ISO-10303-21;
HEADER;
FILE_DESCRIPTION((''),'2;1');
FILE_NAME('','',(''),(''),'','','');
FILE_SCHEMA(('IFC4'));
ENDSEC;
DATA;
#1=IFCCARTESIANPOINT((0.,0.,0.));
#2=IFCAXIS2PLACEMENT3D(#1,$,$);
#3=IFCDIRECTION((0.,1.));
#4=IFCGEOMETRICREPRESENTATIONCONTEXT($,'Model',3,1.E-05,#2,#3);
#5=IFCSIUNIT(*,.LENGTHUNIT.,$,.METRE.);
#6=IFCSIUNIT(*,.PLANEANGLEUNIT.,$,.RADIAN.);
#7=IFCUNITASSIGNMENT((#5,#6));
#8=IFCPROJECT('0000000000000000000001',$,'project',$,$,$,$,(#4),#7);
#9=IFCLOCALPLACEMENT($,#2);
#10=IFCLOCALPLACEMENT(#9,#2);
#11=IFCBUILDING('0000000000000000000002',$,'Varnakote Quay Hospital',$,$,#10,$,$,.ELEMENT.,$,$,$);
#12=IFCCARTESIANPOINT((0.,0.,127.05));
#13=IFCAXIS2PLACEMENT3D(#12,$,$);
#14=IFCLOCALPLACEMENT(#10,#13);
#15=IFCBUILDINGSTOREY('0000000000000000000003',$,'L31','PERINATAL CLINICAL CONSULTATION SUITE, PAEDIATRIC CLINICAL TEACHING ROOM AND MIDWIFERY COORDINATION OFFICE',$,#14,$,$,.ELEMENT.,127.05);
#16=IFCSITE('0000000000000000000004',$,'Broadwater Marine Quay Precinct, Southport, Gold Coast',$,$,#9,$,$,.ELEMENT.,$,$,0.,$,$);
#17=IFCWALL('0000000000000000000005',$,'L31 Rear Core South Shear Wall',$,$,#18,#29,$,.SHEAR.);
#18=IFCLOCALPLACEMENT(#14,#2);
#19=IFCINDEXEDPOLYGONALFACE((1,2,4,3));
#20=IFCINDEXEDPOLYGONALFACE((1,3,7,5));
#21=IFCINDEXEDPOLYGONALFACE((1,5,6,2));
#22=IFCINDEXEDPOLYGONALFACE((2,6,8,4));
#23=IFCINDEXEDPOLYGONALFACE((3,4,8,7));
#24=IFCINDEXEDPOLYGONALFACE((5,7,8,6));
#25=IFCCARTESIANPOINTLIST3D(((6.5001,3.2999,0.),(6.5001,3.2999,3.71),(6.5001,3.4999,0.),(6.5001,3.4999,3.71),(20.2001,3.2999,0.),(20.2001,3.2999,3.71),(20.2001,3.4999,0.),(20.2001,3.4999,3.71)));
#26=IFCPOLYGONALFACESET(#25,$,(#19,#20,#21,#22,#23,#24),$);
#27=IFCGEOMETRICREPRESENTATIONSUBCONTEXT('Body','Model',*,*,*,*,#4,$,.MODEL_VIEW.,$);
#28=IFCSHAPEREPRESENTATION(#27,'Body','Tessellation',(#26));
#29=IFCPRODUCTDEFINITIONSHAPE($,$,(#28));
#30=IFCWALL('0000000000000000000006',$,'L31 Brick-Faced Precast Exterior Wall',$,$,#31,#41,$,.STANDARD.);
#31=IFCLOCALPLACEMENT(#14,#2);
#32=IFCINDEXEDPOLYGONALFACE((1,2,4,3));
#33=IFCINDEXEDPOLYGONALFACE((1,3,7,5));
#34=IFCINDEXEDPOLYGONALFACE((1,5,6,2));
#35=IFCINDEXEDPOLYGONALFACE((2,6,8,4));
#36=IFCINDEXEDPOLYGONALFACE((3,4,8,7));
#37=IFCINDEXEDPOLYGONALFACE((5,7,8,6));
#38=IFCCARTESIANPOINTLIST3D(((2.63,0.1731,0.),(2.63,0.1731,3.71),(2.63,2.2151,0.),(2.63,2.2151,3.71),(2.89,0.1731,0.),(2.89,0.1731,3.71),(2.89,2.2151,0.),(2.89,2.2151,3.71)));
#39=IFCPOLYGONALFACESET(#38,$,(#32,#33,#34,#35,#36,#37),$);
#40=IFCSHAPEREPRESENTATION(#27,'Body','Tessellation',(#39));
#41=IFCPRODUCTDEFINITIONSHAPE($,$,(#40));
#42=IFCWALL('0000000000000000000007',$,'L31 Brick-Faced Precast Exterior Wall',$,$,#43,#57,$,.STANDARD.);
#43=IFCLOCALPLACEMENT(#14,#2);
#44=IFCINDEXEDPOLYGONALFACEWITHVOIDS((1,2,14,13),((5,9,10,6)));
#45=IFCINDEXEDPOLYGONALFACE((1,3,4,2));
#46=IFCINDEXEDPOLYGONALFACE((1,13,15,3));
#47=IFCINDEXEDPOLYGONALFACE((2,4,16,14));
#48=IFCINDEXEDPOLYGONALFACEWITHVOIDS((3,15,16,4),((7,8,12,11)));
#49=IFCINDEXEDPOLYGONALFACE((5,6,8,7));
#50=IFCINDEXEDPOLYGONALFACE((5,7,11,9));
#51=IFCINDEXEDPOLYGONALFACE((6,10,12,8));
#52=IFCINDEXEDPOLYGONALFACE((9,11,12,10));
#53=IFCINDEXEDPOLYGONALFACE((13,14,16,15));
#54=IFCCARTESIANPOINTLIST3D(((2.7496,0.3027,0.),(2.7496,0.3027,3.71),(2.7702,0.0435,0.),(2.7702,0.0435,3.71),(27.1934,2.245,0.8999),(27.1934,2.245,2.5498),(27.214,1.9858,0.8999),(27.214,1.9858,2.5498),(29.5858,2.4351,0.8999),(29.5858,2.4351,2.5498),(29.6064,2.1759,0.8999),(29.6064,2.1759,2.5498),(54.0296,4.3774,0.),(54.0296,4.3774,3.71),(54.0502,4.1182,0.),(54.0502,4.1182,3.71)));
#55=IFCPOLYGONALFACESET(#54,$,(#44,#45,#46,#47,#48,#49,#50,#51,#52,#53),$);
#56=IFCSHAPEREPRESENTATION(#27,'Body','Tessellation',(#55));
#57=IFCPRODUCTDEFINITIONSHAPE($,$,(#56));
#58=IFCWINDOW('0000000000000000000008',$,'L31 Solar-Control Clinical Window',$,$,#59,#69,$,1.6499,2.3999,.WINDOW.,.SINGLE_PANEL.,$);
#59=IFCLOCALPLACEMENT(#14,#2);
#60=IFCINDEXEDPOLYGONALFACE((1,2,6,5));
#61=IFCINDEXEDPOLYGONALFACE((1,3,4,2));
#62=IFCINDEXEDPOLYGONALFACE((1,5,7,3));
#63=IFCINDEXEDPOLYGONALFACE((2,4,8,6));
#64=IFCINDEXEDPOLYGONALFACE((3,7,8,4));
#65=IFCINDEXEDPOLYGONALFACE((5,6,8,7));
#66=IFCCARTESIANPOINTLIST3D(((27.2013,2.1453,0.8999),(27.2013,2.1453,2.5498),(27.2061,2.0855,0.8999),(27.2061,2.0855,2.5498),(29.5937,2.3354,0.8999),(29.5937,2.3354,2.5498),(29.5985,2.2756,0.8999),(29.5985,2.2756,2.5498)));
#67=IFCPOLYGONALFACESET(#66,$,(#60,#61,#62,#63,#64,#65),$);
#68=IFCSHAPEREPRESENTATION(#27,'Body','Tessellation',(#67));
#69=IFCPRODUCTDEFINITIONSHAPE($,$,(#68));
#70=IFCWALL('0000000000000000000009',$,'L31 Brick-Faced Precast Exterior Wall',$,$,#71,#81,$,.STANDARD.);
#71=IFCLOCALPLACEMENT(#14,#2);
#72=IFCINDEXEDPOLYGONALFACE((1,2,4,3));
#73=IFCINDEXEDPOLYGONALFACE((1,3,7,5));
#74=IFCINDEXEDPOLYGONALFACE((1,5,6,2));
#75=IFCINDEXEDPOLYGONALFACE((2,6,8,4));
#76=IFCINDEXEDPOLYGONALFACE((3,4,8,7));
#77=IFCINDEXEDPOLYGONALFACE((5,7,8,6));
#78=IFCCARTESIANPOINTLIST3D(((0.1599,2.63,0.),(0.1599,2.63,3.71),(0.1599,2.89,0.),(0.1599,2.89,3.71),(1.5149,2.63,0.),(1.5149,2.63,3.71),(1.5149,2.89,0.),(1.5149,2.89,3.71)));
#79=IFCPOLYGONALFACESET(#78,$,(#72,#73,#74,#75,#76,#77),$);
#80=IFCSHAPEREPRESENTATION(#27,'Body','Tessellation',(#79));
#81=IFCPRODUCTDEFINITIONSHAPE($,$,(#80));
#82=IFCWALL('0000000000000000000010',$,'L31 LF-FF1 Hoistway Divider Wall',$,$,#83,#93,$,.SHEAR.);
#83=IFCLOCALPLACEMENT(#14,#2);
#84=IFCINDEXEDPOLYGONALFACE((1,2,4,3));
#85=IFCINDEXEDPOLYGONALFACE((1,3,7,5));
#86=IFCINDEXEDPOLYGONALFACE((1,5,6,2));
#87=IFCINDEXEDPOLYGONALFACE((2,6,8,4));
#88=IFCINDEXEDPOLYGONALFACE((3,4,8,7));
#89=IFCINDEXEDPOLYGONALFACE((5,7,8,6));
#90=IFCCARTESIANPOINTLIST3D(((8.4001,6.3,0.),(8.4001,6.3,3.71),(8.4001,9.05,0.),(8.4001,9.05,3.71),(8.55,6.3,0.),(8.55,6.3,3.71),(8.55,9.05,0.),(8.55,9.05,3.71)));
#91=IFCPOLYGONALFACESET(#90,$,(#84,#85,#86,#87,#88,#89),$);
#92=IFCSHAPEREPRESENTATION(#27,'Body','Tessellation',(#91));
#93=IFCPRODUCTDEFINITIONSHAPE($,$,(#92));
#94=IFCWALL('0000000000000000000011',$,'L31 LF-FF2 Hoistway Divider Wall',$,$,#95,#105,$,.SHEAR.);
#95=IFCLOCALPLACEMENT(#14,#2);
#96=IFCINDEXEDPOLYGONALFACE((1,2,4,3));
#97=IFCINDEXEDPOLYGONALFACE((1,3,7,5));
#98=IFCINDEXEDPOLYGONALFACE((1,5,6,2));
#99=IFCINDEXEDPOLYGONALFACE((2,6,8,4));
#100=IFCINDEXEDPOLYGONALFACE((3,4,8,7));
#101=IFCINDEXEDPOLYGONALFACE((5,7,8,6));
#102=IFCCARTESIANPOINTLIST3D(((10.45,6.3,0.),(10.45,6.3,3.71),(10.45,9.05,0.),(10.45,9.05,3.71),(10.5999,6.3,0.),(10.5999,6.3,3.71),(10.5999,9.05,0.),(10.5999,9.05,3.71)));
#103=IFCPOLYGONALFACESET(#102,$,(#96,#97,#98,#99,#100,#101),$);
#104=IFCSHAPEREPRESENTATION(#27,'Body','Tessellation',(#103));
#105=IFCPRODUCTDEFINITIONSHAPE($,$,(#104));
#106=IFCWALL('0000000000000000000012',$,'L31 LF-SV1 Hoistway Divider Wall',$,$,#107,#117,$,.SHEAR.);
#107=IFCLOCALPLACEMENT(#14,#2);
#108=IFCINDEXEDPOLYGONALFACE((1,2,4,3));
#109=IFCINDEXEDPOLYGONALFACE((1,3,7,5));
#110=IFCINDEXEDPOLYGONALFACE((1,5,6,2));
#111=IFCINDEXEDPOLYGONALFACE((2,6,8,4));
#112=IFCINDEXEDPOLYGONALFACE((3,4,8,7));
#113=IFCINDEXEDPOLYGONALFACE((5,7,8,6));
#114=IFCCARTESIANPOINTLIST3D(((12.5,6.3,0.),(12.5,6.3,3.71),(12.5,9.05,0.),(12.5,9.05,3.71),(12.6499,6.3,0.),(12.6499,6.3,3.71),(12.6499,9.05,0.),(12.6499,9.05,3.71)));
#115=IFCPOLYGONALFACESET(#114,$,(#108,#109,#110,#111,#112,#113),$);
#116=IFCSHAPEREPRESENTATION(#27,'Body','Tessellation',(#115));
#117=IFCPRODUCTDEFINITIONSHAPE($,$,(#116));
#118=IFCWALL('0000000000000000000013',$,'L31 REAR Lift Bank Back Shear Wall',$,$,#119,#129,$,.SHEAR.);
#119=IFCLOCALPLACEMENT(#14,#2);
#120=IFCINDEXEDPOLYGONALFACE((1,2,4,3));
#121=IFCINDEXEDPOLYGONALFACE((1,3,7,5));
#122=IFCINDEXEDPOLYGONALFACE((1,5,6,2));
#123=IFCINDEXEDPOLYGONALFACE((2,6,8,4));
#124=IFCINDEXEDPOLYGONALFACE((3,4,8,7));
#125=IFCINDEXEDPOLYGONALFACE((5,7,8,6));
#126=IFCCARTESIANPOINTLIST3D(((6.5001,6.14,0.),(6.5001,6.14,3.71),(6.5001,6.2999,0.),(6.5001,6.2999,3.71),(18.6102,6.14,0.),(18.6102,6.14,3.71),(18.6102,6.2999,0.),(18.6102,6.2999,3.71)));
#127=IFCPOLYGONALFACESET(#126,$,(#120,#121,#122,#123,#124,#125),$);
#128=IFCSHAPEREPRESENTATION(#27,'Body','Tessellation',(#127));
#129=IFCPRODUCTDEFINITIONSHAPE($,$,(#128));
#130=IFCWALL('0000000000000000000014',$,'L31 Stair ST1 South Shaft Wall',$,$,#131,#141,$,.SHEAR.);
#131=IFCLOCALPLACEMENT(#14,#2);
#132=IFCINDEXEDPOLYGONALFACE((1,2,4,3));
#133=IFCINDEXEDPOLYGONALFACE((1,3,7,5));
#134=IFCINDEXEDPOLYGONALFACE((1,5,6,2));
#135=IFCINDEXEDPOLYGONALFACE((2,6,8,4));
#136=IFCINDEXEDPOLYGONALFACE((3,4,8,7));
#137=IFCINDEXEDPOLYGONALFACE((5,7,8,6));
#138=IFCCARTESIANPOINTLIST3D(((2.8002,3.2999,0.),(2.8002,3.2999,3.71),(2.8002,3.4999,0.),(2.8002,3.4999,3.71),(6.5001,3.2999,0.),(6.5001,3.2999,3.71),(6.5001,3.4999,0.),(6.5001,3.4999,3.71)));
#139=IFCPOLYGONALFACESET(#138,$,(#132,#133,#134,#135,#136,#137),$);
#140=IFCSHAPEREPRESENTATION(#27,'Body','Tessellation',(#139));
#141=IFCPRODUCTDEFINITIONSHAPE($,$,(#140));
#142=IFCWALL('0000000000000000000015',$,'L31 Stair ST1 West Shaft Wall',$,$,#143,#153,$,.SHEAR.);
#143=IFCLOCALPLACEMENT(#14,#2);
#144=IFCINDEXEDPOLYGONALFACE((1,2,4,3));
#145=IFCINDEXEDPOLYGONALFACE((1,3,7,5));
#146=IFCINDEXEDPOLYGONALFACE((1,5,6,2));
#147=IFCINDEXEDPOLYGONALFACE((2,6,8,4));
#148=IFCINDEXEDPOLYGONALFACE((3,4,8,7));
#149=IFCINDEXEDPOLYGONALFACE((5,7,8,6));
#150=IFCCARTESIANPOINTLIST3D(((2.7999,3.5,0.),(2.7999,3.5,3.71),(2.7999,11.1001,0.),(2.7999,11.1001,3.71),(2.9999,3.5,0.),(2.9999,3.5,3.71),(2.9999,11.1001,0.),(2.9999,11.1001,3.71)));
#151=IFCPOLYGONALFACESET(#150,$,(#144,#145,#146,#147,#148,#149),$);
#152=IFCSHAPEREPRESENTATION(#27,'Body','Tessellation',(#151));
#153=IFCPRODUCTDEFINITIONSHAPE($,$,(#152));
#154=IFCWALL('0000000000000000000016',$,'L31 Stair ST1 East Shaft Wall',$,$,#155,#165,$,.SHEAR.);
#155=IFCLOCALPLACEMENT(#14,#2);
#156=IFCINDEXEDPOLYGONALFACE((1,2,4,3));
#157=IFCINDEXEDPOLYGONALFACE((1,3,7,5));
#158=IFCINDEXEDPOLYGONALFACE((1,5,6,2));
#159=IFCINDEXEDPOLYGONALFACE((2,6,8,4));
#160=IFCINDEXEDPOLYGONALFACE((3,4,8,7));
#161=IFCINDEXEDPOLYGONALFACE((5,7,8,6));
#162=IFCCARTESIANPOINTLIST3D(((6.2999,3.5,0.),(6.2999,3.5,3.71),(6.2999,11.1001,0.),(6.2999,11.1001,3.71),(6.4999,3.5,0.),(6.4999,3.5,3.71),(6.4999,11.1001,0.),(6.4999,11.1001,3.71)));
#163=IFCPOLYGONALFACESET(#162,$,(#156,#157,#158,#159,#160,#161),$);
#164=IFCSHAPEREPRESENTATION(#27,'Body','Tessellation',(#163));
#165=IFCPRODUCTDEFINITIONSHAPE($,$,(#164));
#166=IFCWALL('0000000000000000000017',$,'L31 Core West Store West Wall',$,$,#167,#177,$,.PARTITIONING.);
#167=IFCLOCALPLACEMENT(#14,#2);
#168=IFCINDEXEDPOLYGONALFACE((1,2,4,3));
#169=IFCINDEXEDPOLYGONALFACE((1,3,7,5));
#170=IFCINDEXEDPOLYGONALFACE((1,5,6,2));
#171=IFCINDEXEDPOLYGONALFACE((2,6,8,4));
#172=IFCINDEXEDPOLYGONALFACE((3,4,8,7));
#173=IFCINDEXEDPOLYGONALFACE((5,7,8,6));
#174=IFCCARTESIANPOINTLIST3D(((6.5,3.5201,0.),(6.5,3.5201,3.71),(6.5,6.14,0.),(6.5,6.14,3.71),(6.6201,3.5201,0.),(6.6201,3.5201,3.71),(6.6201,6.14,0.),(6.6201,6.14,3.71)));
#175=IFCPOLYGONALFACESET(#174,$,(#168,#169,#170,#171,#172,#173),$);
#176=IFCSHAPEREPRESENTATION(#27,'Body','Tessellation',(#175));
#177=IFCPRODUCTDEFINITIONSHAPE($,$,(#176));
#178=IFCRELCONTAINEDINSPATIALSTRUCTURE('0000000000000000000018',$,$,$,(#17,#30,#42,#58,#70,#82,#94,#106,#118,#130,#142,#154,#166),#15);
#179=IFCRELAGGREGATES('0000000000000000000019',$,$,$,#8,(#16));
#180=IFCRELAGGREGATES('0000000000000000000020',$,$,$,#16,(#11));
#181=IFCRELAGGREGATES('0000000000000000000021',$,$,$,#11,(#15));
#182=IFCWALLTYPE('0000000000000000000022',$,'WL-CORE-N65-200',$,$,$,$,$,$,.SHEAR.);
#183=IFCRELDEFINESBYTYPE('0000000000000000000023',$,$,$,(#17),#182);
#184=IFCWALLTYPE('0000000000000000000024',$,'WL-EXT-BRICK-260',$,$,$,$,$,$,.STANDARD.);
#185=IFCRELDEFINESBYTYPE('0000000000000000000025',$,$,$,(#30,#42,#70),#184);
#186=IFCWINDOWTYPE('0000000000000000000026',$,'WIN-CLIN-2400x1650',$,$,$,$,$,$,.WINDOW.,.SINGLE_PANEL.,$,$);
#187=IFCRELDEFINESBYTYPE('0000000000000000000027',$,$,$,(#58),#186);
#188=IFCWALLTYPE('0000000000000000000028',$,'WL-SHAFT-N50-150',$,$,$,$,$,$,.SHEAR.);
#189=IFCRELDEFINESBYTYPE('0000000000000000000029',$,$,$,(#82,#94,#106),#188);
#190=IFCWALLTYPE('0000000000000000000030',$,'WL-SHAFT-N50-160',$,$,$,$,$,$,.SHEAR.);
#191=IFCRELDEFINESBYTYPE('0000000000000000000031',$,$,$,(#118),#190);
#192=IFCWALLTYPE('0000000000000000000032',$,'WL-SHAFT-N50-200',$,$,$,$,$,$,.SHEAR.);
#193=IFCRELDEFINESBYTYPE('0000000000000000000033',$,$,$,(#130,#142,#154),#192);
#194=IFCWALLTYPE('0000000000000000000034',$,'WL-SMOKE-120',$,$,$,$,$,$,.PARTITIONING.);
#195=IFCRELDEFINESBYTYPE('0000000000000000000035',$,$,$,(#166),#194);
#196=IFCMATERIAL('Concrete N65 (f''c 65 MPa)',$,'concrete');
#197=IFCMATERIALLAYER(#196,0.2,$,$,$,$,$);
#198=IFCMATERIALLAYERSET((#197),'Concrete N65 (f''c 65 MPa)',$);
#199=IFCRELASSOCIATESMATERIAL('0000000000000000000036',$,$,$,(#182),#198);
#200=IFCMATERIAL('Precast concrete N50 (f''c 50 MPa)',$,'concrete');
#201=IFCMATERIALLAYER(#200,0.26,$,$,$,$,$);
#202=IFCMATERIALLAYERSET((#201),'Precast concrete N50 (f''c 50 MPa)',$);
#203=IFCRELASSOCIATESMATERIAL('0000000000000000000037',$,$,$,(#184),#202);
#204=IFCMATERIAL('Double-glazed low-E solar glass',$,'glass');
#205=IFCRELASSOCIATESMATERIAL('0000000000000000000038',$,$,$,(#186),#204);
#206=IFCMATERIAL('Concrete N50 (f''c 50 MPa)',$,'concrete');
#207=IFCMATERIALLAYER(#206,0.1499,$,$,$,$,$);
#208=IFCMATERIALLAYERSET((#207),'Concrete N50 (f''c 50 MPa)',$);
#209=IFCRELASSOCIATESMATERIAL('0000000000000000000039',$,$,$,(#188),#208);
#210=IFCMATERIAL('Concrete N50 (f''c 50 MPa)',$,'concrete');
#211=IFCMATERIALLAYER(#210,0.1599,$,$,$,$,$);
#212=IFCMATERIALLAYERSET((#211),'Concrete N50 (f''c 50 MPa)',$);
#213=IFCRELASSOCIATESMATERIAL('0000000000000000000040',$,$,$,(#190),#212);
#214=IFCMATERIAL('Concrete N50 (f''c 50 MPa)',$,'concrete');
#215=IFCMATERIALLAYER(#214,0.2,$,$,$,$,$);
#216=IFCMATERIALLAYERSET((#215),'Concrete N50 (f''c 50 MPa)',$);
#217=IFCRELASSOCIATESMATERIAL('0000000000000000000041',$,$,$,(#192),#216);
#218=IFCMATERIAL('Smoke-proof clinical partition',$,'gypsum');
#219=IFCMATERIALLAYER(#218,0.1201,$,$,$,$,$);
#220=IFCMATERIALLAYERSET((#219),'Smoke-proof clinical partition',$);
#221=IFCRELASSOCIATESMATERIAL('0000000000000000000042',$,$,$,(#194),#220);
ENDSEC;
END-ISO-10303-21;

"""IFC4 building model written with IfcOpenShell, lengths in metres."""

from ifc_helpers import new_model, si_unit, direction, frame, frame_2d, origin, place, context, subcontext, project, spatial, rectangle, extrude, material, layer, layer_set, type_object, element, fill, save


model = new_model("IFC4")

# Units and contexts
model_context = context("Model", 3, precision=1e-05, world=origin(), true_north=direction((0.0, 1.0)))
body_context = subcontext(model_context, "Body", "Model", "MODEL_VIEW")
ifc_project = project(units=[si_unit("LENGTHUNIT", "METRE"), si_unit("PLANEANGLEUNIT", "RADIAN")], contexts=[model_context])

# Site, building, storey
site_placement = place(None, origin())
site = spatial("IfcSite", under=ifc_project, at=site_placement, Name="Broadwater Marine Quay Precinct, Southport, Gold Coast", CompositionType="ELEMENT", RefElevation=0.0)
building_placement = place(site_placement, origin())
building = spatial("IfcBuilding", under=site, at=building_placement, Name="Varnakote Quay Hospital", CompositionType="ELEMENT")
storey_placement = place(building_placement, frame((0.0, 0.0, 127.05)))
storey = spatial("IfcBuildingStorey", under=building, at=storey_placement, Name="L31", Description="PERINATAL CLINICAL CONSULTATION SUITE, PAEDIATRIC CLINICAL TEACHING ROOM AND MIDWIFERY COORDINATION OFFICE", CompositionType="ELEMENT", Elevation=127.05)

# Walls
ifc_material_1 = material(Name="Concrete N65 (f'c 65 MPa)", Category="concrete")
ifc_layer_1 = layer(ifc_material_1, 0.2)
ifc_layer_set_1 = layer_set([ifc_layer_1], Name="Concrete N65 (f'c 65 MPa)")
wall_type_1 = type_object("IfcWallType", Name="WL-CORE-N65-200", PredefinedType="SHEAR", material=ifc_layer_set_1)
wall_1_placement = place(storey_placement, frame((6.5, 3.3999, 0.0), z_axis=(0.0, 0.0, 1.0), x_axis=(1.0, 0.0, 0.0)))
element("IfcWall", 1, at=wall_1_placement, inside=storey, type_object=wall_type_1, Name="L31 Rear Core South Shear Wall", PredefinedType="SHEAR", context=body_context, shape_type="SweptSolid", body=[
    extrude(rectangle(XDim=13.7, YDim=0.2, at=frame_2d((6.8501, 0.0))), origin(), (0.0, 0.0, 1.0), 3.71),
])
ifc_material_2 = material(Name="Precast concrete N50 (f'c 50 MPa)", Category="concrete")
ifc_layer_2 = layer(ifc_material_2, 0.26)
ifc_layer_set_2 = layer_set([ifc_layer_2], Name="Precast concrete N50 (f'c 50 MPa)")
wall_type_2 = type_object("IfcWallType", Name="WL-EXT-BRICK-260", PredefinedType="STANDARD", material=ifc_layer_set_2)
wall_2_placement = place(storey_placement, frame((2.76, 2.2151, 0.0), z_axis=(0.0, 0.0, 1.0), x_axis=(0.0, -1.0, 0.0)))
element("IfcWall", 2, at=wall_2_placement, inside=storey, type_object=wall_type_2, Name="L31 Brick-Faced Precast Exterior Wall", PredefinedType="STANDARD", context=body_context, shape_type="SweptSolid", body=[
    extrude(rectangle(XDim=2.042, YDim=0.26, at=frame_2d((1.021, 0.0))), origin(), (0.0, 0.0, 1.0), 3.71),
])

# Wall, opening, window
wall_3_placement = place(storey_placement, frame((2.76, 0.1731, 0.0), z_axis=(0.0, 0.0, 1.0), x_axis=(0.996858, 0.07921, 0.0)))
wall_3 = element("IfcWall", 3, at=wall_3_placement, inside=storey, type_object=wall_type_2, Name="L31 Brick-Faced Precast Exterior Wall", PredefinedType="STANDARD", context=body_context, shape_type="SweptSolid", body=[
    extrude(rectangle(XDim=51.4417, YDim=0.26, at=frame_2d((25.7207, 0.0))), origin(), (0.0, 0.0, 1.0), 3.71),
])
opening_placement = place(wall_3_placement, frame((24.5208, 0.0, 0.8999)))
opening = element("IfcOpeningElement", 4, at=opening_placement, cuts=wall_3, PredefinedType="OPENING", context=body_context, shape_type="SweptSolid", body=[
    extrude(rectangle(XDim=2.3999, YDim=1.6499, at=frame_2d((1.2, 0.825))), frame((0.0, 0.1399, 0.0), z_axis=(0.0, -1.0, 0.0), x_axis=(1.0, 0.0, 0.0)), (0.0, 0.0, 1.0), 0.28),
])
ifc_material_3 = material(Name="Double-glazed low-E solar glass", Category="glass")
window_type = type_object("IfcWindowType", Name="WIN-CLIN-2400x1650", PartitioningType="SINGLE_PANEL", PredefinedType="WINDOW", material=ifc_material_3)
window_placement = place(opening_placement, origin())
window = element("IfcWindow", 5, at=window_placement, inside=storey, type_object=window_type, Name="L31 Solar-Control Clinical Window", OverallHeight=1.6499, OverallWidth=2.3999, PartitioningType="SINGLE_PANEL", PredefinedType="WINDOW", context=body_context, shape_type="SweptSolid", body=[
    extrude(rectangle(XDim=2.3999, YDim=1.6499, at=frame_2d((1.2, 0.825))), frame((0.0, 0.03, 0.0), z_axis=(0.0, -1.0, 0.0), x_axis=(1.0, 0.0, 0.0)), (0.0, 0.0, 1.0), 0.0601),
])
fill(opening, window)

# Walls
wall_4_placement = place(storey_placement, frame((0.1599, 2.76, 0.0), z_axis=(0.0, 0.0, 1.0), x_axis=(1.0, 0.0, 0.0)))
element("IfcWall", 6, at=wall_4_placement, inside=storey, type_object=wall_type_2, Name="L31 Brick-Faced Precast Exterior Wall", PredefinedType="STANDARD", context=body_context, shape_type="SweptSolid", body=[
    extrude(rectangle(XDim=1.355, YDim=0.26, at=frame_2d((0.6775, 0.0))), origin(), (0.0, 0.0, 1.0), 3.71),
])
ifc_material_4 = material(Name="Concrete N50 (f'c 50 MPa)", Category="concrete")
ifc_layer_3 = layer(ifc_material_4, 0.1499)
ifc_layer_set_3 = layer_set([ifc_layer_3], Name="Concrete N50 (f'c 50 MPa)")
wall_type_3 = type_object("IfcWallType", Name="WL-SHAFT-N50-150", PredefinedType="SHEAR", material=ifc_layer_set_3)
for number, where, z_axis, x_axis, name in (
    (7, (8.4751, 6.3, 0.0), (0.0, 0.0, 1.0), (0.0, 1.0, 0.0), "L31 LF-FF1 Hoistway Divider Wall"),
    (8, (10.5249, 6.3, 0.0), (0.0, 0.0, 1.0), (0.0, 1.0, 0.0), "L31 LF-FF2 Hoistway Divider Wall"),
    (9, (12.575, 6.3, 0.0), (0.0, 0.0, 1.0), (0.0, 1.0, 0.0), "L31 LF-SV1 Hoistway Divider Wall"),
):
    element("IfcWall", number, at=place(storey_placement, frame(where, z_axis=z_axis, x_axis=x_axis)), inside=storey, type_object=wall_type_3, Name=name, PredefinedType="SHEAR", context=body_context, shape_type="SweptSolid", body=[
        extrude(rectangle(XDim=2.75, YDim=0.1499, at=frame_2d((1.375, 0.0))), origin(), (0.0, 0.0, 1.0), 3.71),
    ])
ifc_material_5 = material(Name="Concrete N50 (f'c 50 MPa)", Category="concrete")
ifc_layer_4 = layer(ifc_material_5, 0.1599)
ifc_layer_set_4 = layer_set([ifc_layer_4], Name="Concrete N50 (f'c 50 MPa)")
wall_type_4 = type_object("IfcWallType", Name="WL-SHAFT-N50-160", PredefinedType="SHEAR", material=ifc_layer_set_4)
wall_5_placement = place(storey_placement, frame((6.5, 6.22, 0.0), z_axis=(0.0, 0.0, 1.0), x_axis=(1.0, 0.0, 0.0)))
element("IfcWall", 10, at=wall_5_placement, inside=storey, type_object=wall_type_4, Name="L31 REAR Lift Bank Back Shear Wall", PredefinedType="SHEAR", context=body_context, shape_type="SweptSolid", body=[
    extrude(rectangle(XDim=12.1101, YDim=0.1599, at=frame_2d((6.0552, 0.0))), origin(), (0.0, 0.0, 1.0), 3.71),
])
ifc_material_6 = material(Name="Concrete N50 (f'c 50 MPa)", Category="concrete")
ifc_layer_5 = layer(ifc_material_6, 0.2)
ifc_layer_set_5 = layer_set([ifc_layer_5], Name="Concrete N50 (f'c 50 MPa)")
wall_type_5 = type_object("IfcWallType", Name="WL-SHAFT-N50-200", PredefinedType="SHEAR", material=ifc_layer_set_5)
wall_6_placement = place(storey_placement, frame((2.8, 3.3999, 0.0), z_axis=(0.0, 0.0, 1.0), x_axis=(1.0, 0.0, 0.0)))
element("IfcWall", 11, at=wall_6_placement, inside=storey, type_object=wall_type_5, Name="L31 Stair ST1 South Shaft Wall", PredefinedType="SHEAR", context=body_context, shape_type="SweptSolid", body=[
    extrude(rectangle(XDim=3.7, YDim=0.2, at=frame_2d((1.8501, 0.0))), origin(), (0.0, 0.0, 1.0), 3.71),
])
for number, where, z_axis, x_axis, name in (
    (12, (2.8999, 3.5, 0.0), (0.0, 0.0, 1.0), (0.0, 1.0, 0.0), "L31 Stair ST1 West Shaft Wall"),
    (13, (6.3999, 3.5, 0.0), (0.0, 0.0, 1.0), (0.0, 1.0, 0.0), "L31 Stair ST1 East Shaft Wall"),
):
    element("IfcWall", number, at=place(storey_placement, frame(where, z_axis=z_axis, x_axis=x_axis)), inside=storey, type_object=wall_type_5, Name=name, PredefinedType="SHEAR", context=body_context, shape_type="SweptSolid", body=[
        extrude(rectangle(XDim=7.6001, YDim=0.2, at=frame_2d((3.8, 0.0))), origin(), (0.0, 0.0, 1.0), 3.71),
    ])
ifc_material_7 = material(Name="Smoke-proof clinical partition", Category="gypsum")
ifc_layer_6 = layer(ifc_material_7, 0.1201)
ifc_layer_set_6 = layer_set([ifc_layer_6], Name="Smoke-proof clinical partition")
wall_type_6 = type_object("IfcWallType", Name="WL-SMOKE-120", PredefinedType="PARTITIONING", material=ifc_layer_set_6)
wall_7_placement = place(storey_placement, frame((6.5601, 3.52, 0.0), z_axis=(0.0, 0.0, 1.0), x_axis=(0.0, 1.0, 0.0)))
element("IfcWall", 14, at=wall_7_placement, inside=storey, type_object=wall_type_6, Name="L31 Core West Store West Wall", PredefinedType="PARTITIONING", context=body_context, shape_type="SweptSolid", body=[
    extrude(rectangle(XDim=2.6199, YDim=0.1201, at=frame_2d((1.3101, 0.0))), origin(), (0.0, 0.0, 1.0), 3.71),
])

save(model, "model.ifc")
